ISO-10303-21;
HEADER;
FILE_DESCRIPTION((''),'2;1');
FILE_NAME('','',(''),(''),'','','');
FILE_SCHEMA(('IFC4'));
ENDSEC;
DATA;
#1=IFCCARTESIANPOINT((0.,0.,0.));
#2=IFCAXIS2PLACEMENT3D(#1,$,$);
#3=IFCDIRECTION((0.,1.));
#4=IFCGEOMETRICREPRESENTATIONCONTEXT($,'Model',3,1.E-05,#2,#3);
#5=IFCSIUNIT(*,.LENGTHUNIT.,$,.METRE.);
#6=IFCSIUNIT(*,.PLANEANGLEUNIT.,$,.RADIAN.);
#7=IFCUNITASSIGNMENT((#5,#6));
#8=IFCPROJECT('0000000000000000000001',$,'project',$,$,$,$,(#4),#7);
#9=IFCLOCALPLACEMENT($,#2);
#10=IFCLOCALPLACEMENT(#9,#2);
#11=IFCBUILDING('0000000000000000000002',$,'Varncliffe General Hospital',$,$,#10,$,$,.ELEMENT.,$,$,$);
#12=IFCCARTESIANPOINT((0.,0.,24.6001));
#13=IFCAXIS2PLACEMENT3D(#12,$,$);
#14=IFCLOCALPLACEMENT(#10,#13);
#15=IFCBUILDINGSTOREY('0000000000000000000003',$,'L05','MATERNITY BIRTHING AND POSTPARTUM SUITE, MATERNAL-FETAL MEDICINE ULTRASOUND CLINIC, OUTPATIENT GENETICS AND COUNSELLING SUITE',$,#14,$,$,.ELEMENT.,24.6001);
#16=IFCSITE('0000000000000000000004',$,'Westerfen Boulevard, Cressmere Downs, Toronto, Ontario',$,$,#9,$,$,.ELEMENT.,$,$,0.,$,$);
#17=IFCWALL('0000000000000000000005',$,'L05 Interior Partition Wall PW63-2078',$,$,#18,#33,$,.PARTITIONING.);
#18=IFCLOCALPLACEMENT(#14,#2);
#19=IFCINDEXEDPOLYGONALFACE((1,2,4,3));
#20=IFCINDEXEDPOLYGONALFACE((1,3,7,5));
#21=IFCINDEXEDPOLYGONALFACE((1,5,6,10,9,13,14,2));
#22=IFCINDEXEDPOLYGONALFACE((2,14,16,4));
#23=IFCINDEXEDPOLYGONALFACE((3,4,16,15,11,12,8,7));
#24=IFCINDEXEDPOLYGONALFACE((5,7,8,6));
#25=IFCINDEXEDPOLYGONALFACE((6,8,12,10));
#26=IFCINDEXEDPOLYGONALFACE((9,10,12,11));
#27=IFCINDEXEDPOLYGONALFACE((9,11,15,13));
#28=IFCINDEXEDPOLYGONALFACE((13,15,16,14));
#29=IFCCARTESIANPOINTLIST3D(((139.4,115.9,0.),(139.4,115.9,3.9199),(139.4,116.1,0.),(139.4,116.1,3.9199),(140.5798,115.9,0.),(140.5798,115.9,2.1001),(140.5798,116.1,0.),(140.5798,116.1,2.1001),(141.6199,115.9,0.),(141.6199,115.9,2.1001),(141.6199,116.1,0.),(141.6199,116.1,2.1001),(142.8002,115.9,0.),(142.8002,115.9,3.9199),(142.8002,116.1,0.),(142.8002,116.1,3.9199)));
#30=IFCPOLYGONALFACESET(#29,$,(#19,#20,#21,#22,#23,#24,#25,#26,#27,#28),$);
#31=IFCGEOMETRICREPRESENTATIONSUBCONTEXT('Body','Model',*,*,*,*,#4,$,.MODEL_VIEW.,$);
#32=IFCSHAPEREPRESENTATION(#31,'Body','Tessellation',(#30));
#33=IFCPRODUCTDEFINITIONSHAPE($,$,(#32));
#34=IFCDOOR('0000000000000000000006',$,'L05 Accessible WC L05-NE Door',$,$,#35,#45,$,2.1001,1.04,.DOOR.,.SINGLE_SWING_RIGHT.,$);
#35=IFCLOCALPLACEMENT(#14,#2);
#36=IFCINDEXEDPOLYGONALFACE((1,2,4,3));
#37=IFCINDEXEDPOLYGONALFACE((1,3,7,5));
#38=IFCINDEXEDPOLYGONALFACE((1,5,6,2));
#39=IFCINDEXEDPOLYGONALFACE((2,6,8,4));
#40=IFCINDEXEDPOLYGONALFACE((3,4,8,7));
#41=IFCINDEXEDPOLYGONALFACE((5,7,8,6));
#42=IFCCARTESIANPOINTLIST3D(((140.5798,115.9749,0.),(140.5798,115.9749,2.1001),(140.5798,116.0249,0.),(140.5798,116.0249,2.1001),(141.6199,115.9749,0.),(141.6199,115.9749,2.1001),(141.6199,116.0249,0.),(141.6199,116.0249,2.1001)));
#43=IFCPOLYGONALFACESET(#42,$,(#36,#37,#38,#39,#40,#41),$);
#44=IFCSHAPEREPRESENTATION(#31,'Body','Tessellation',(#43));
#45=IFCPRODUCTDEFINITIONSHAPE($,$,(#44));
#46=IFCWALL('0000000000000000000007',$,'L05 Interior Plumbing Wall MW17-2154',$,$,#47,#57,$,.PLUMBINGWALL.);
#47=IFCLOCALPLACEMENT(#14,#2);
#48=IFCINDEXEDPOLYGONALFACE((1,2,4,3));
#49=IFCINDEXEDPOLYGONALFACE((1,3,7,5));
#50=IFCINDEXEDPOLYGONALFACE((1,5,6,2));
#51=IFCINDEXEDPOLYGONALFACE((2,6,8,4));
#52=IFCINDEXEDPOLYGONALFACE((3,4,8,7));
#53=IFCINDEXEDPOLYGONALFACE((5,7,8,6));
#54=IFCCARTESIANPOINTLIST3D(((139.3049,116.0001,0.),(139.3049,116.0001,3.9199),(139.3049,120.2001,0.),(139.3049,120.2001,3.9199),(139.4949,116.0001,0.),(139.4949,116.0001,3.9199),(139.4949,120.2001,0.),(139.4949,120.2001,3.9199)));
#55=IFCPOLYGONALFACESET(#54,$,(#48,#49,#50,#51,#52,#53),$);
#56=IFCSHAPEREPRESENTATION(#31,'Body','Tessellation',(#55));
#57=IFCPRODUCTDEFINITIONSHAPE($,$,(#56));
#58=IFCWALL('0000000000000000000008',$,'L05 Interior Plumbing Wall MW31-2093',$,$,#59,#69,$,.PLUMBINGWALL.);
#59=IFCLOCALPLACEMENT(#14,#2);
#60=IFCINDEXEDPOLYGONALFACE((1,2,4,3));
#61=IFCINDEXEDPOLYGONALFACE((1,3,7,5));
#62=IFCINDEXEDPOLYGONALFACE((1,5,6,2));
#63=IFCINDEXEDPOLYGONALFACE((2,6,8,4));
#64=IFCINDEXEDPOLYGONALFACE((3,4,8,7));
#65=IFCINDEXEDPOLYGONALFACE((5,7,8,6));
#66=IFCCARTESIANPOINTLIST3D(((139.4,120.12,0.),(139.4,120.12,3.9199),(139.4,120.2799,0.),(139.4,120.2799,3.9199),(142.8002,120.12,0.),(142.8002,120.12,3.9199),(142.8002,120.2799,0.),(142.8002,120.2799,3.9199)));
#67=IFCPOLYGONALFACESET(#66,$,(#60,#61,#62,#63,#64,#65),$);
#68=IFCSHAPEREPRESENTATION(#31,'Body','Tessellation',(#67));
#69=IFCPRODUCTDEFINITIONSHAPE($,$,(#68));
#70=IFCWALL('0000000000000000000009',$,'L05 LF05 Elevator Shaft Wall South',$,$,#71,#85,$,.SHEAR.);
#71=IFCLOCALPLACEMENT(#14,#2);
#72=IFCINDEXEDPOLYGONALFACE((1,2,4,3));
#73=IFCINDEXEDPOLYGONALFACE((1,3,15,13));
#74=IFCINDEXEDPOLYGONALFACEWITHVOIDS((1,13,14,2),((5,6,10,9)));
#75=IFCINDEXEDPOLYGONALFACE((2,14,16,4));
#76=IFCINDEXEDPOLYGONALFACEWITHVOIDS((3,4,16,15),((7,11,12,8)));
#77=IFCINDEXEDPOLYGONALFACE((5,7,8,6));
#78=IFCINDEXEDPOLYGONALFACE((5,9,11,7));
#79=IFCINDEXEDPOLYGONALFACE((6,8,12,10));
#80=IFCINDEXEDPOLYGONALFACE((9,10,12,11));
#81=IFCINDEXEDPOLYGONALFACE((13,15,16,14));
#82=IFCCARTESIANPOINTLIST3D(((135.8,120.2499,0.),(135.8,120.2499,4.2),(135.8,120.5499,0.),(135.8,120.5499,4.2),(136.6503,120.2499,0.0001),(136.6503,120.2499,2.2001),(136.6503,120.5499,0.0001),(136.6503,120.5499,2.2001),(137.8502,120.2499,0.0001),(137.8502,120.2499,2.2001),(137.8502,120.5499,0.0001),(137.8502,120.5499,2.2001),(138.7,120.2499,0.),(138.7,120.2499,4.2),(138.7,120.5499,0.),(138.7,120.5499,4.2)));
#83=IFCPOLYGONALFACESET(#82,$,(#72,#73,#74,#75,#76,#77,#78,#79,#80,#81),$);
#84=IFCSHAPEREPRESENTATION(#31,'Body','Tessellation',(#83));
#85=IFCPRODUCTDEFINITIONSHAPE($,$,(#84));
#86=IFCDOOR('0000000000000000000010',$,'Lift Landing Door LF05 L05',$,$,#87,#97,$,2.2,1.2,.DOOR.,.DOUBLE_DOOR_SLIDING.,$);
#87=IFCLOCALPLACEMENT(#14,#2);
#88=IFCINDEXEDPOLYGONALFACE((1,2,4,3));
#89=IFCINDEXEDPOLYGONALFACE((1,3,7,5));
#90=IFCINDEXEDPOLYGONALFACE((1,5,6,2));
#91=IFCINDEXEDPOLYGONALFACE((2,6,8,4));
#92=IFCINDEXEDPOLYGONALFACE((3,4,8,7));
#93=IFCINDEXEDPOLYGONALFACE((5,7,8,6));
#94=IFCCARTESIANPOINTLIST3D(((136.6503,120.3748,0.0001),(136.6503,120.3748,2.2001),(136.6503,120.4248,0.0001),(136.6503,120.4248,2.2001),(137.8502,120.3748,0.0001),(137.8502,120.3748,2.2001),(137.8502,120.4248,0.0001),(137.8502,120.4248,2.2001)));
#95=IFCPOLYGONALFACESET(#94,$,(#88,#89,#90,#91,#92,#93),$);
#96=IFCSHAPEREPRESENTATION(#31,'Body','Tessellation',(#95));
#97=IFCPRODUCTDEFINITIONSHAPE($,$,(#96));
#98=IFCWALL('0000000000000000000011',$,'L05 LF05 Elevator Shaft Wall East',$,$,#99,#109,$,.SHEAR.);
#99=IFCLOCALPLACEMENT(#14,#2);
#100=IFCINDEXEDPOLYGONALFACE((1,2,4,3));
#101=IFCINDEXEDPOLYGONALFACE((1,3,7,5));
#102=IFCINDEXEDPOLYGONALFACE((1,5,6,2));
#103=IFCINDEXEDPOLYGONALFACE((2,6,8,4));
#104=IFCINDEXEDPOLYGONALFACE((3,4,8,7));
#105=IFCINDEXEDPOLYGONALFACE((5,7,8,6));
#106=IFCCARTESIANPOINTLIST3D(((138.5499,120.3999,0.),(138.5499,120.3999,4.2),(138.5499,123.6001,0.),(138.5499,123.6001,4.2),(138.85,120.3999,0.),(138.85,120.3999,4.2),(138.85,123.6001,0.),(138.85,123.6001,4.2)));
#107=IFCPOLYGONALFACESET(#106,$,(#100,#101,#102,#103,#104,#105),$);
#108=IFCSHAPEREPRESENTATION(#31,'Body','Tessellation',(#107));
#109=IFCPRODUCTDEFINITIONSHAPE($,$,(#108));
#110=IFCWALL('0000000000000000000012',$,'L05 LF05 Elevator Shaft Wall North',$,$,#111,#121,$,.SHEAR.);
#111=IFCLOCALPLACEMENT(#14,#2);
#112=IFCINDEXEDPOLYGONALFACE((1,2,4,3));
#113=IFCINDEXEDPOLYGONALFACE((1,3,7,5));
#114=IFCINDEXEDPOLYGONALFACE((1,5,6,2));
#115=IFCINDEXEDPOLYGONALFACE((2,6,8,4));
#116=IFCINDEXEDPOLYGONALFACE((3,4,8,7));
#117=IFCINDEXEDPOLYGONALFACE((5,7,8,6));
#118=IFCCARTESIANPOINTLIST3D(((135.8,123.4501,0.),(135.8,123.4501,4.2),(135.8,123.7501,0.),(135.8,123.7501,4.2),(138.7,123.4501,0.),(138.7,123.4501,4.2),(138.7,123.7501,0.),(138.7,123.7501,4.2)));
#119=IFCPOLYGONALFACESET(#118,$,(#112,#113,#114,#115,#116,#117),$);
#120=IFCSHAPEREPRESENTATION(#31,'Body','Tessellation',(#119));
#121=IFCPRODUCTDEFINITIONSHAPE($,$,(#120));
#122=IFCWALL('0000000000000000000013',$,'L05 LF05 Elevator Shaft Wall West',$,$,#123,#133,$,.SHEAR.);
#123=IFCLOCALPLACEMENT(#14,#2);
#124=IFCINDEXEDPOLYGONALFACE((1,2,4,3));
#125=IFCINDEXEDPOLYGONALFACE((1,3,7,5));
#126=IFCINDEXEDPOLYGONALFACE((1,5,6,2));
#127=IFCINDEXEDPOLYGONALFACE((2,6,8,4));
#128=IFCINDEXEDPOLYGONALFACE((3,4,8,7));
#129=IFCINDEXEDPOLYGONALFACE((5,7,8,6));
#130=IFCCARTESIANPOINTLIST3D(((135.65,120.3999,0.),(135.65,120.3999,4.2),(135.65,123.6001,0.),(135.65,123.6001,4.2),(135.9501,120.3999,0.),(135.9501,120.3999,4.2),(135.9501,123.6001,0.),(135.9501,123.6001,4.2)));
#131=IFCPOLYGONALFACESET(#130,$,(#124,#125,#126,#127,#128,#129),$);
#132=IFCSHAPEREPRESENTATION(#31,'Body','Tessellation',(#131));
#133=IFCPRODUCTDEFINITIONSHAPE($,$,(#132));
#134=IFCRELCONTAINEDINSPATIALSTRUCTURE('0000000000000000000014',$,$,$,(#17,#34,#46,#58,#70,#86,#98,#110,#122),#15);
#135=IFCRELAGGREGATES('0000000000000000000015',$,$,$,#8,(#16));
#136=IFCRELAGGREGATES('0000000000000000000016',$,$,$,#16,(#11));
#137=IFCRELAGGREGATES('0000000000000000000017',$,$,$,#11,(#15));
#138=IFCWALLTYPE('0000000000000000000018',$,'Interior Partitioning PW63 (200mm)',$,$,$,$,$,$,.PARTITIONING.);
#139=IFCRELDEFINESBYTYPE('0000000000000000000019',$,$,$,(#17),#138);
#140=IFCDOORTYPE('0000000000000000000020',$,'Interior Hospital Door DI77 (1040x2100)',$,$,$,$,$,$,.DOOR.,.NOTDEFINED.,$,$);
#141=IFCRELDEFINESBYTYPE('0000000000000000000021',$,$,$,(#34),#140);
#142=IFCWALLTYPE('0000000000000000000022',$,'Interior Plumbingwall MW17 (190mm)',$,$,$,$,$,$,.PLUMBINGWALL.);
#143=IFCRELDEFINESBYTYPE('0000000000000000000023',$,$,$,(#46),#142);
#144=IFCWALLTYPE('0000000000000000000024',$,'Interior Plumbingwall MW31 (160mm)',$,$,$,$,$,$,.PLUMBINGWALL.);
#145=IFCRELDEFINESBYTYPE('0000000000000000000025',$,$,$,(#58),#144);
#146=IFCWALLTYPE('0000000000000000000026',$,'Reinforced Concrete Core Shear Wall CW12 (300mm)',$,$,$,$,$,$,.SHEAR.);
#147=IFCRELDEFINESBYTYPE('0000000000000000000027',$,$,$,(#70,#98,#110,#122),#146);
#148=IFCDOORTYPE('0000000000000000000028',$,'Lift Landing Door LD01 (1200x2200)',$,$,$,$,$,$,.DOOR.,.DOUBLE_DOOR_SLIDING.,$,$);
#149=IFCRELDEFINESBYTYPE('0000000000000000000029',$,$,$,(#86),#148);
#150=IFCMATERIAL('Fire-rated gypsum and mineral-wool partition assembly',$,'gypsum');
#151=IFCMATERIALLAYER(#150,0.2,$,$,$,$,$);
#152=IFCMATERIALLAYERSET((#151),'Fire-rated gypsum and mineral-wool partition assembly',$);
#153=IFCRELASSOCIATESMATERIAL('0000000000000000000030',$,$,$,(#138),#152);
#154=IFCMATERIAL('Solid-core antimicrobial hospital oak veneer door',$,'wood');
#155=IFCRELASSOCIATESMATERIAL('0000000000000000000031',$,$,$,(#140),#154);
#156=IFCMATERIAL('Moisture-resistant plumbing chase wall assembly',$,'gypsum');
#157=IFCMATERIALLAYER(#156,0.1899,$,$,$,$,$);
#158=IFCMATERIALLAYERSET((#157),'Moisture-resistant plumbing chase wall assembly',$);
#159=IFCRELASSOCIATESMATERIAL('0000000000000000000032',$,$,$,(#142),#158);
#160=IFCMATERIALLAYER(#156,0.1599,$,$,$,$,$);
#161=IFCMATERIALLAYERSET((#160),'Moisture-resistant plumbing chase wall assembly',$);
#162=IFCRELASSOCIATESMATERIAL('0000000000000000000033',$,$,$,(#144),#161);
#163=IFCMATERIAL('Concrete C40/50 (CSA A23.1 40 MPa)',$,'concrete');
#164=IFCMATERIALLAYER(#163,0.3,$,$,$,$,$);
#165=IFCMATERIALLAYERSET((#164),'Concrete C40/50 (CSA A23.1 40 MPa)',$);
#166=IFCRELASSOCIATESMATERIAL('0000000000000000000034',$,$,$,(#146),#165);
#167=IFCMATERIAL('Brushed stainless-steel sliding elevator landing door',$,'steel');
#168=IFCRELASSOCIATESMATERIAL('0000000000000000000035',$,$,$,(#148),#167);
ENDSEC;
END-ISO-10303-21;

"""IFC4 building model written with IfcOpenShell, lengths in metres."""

from ifc_helpers import new_model, si_unit, direction, frame, frame_2d, origin, place, context, subcontext, project, spatial, rectangle, extrude, material, layer, layer_set, type_object, element, fill, save


model = new_model("IFC4")

# Units and contexts
model_context = context("Model", 3, precision=1e-05, world=origin(), true_north=direction((0.0, 1.0)))
body_context = subcontext(model_context, "Body", "Model", "MODEL_VIEW")
ifc_project = project(units=[si_unit("LENGTHUNIT", "METRE"), si_unit("PLANEANGLEUNIT", "RADIAN")], contexts=[model_context])

# Site, building, storey
site_placement = place(None, origin())
site = spatial("IfcSite", under=ifc_project, at=site_placement, Name="Westerfen Boulevard, Cressmere Downs, Toronto, Ontario", CompositionType="ELEMENT", RefElevation=0.0)
building_placement = place(site_placement, origin())
building = spatial("IfcBuilding", under=site, at=building_placement, Name="Varncliffe General Hospital", CompositionType="ELEMENT")
storey_placement = place(building_placement, frame((0.0, 0.0, 24.6001)))
storey = spatial("IfcBuildingStorey", under=building, at=storey_placement, Name="L05", Description="MATERNITY BIRTHING AND POSTPARTUM SUITE, MATERNAL-FETAL MEDICINE ULTRASOUND CLINIC, OUTPATIENT GENETICS AND COUNSELLING SUITE", CompositionType="ELEMENT", Elevation=24.6001)

# Shared definitions
ifc_material_1 = material(Name="Concrete C40/50 (CSA A23.1 40 MPa)", Category="concrete")

# Wall, opening, door
ifc_material_2 = material(Name="Fire-rated gypsum and mineral-wool partition assembly", Category="gypsum")
ifc_layer_1 = layer(ifc_material_2, 0.2)
ifc_layer_set_1 = layer_set([ifc_layer_1], Name="Fire-rated gypsum and mineral-wool partition assembly")
wall_type_1 = type_object("IfcWallType", Name="Interior Partitioning PW63 (200mm)", PredefinedType="PARTITIONING", material=ifc_layer_set_1)
wall_1_placement = place(storey_placement, frame((139.3999, 116.0, 0.0), z_axis=(0.0, 0.0, 1.0), x_axis=(1.0, 0.0, 0.0)))
wall_1 = element("IfcWall", 1, at=wall_1_placement, inside=storey, type_object=wall_type_1, Name="L05 Interior Partition Wall PW63-2078", PredefinedType="PARTITIONING", context=body_context, shape_type="SweptSolid", body=[
    extrude(rectangle(XDim=3.4001, YDim=0.2, at=frame_2d((1.7002, 0.0))), origin(), (0.0, 0.0, 1.0), 3.9199),
])
opening_1_placement = place(wall_1_placement, frame((1.1799, 0.0, 0.0)))
opening_1 = element("IfcOpeningElement", 2, at=opening_1_placement, cuts=wall_1, PredefinedType="OPENING", context=body_context, shape_type="SweptSolid", body=[
    extrude(rectangle(XDim=1.04, YDim=2.1001, at=frame_2d((0.52, 1.05))), frame((0.0, 0.1099, 0.0), z_axis=(0.0, -1.0, 0.0), x_axis=(1.0, 0.0, 0.0)), (0.0, 0.0, 1.0), 0.22),
])
ifc_material_3 = material(Name="Solid-core antimicrobial hospital oak veneer door", Category="wood")
door_type_1 = type_object("IfcDoorType", Name="Interior Hospital Door DI77 (1040x2100)", OperationType="NOTDEFINED", PredefinedType="DOOR", material=ifc_material_3)
door_1_placement = place(opening_1_placement, origin())
door_1 = element("IfcDoor", 3, at=door_1_placement, inside=storey, type_object=door_type_1, Name="L05 Accessible WC L05-NE Door", OperationType="SINGLE_SWING_RIGHT", OverallHeight=2.1001, OverallWidth=1.04, PredefinedType="DOOR", context=body_context, shape_type="SweptSolid", body=[
    extrude(rectangle(XDim=1.04, YDim=2.1001, at=frame_2d((0.52, 1.05))), frame((0.0, 0.0249, 0.0), z_axis=(0.0, -1.0, 0.0), x_axis=(1.0, 0.0, 0.0)), (0.0, 0.0, 1.0), 0.05),
])
fill(opening_1, door_1)

# Walls
ifc_material_4 = material(Name="Moisture-resistant plumbing chase wall assembly", Category="gypsum")
ifc_layer_2 = layer(ifc_material_4, 0.1899)
ifc_layer_set_2 = layer_set([ifc_layer_2], Name="Moisture-resistant plumbing chase wall assembly")
wall_type_2 = type_object("IfcWallType", Name="Interior Plumbingwall MW17 (190mm)", PredefinedType="PLUMBINGWALL", material=ifc_layer_set_2)
wall_2_placement = place(storey_placement, frame((139.3999, 116.0, 0.0), z_axis=(0.0, 0.0, 1.0), x_axis=(0.0, 1.0, 0.0)))
element("IfcWall", 4, at=wall_2_placement, inside=storey, type_object=wall_type_2, Name="L05 Interior Plumbing Wall MW17-2154", PredefinedType="PLUMBINGWALL", context=body_context, shape_type="SweptSolid", body=[
    extrude(rectangle(XDim=4.2, YDim=0.1899, at=frame_2d((2.1001, 0.0))), origin(), (0.0, 0.0, 1.0), 3.9199),
])
ifc_layer_3 = layer(ifc_material_4, 0.1599)
ifc_layer_set_3 = layer_set([ifc_layer_3], Name="Moisture-resistant plumbing chase wall assembly")
wall_type_3 = type_object("IfcWallType", Name="Interior Plumbingwall MW31 (160mm)", PredefinedType="PLUMBINGWALL", material=ifc_layer_set_3)
wall_3_placement = place(storey_placement, frame((139.3999, 120.2, 0.0), z_axis=(0.0, 0.0, 1.0), x_axis=(1.0, 0.0, 0.0)))
element("IfcWall", 5, at=wall_3_placement, inside=storey, type_object=wall_type_3, Name="L05 Interior Plumbing Wall MW31-2093", PredefinedType="PLUMBINGWALL", context=body_context, shape_type="SweptSolid", body=[
    extrude(rectangle(XDim=3.4001, YDim=0.1599, at=frame_2d((1.7002, 0.0))), origin(), (0.0, 0.0, 1.0), 3.9199),
])

# Wall, opening, door
ifc_layer_4 = layer(ifc_material_1, 0.3)
ifc_layer_set_4 = layer_set([ifc_layer_4], Name="Concrete C40/50 (CSA A23.1 40 MPa)")
wall_type_4 = type_object("IfcWallType", Name="Reinforced Concrete Core Shear Wall CW12 (300mm)", PredefinedType="SHEAR", material=ifc_layer_set_4)
wall_4_placement = place(storey_placement, frame((135.8, 120.3999, 0.0), z_axis=(0.0, 0.0, 1.0), x_axis=(1.0, 0.0, 0.0)))
wall_4 = element("IfcWall", 6, at=wall_4_placement, inside=storey, type_object=wall_type_4, Name="L05 LF05 Elevator Shaft Wall South", PredefinedType="SHEAR", context=body_context, shape_type="SweptSolid", body=[
    extrude(rectangle(XDim=2.8999, YDim=0.3, at=frame_2d((1.45, 0.0))), origin(), (0.0, 0.0, 1.0), 4.2),
])
opening_2_placement = place(wall_4_placement, frame((0.8501, 0.0, 0.0)))
opening_2 = element("IfcOpeningElement", 7, at=opening_2_placement, cuts=wall_4, PredefinedType="OPENING", context=body_context, shape_type="SweptSolid", body=[
    extrude(rectangle(XDim=1.2, YDim=2.2, at=frame_2d((0.6001, 1.1001))), frame((0.0, 0.1602, 0.0), z_axis=(0.0, -1.0, 0.0), x_axis=(1.0, 0.0, 0.0)), (0.0, 0.0, 1.0), 0.3201),
])
ifc_material_5 = material(Name="Brushed stainless-steel sliding elevator landing door", Category="steel")
door_type_2 = type_object("IfcDoorType", Name="Lift Landing Door LD01 (1200x2200)", OperationType="DOUBLE_DOOR_SLIDING", PredefinedType="DOOR", material=ifc_material_5)
door_2_placement = place(opening_2_placement, origin())
door_2 = element("IfcDoor", 8, at=door_2_placement, inside=storey, type_object=door_type_2, Name="Lift Landing Door LF05 L05", OperationType="DOUBLE_DOOR_SLIDING", OverallHeight=2.2, OverallWidth=1.2, PredefinedType="DOOR", context=body_context, shape_type="SweptSolid", body=[
    extrude(rectangle(XDim=1.2, YDim=2.2, at=frame_2d((0.6001, 1.1001))), frame((0.0, 0.0249, 0.0), z_axis=(0.0, -1.0, 0.0), x_axis=(1.0, 0.0, 0.0)), (0.0, 0.0, 1.0), 0.05),
])
fill(opening_2, door_2)

# Walls
wall_5_placement = place(storey_placement, frame((138.7, 120.3999, 0.0), z_axis=(0.0, 0.0, 1.0), x_axis=(0.0, 1.0, 0.0)))
element("IfcWall", 9, at=wall_5_placement, inside=storey, type_object=wall_type_4, Name="L05 LF05 Elevator Shaft Wall East", PredefinedType="SHEAR", context=body_context, shape_type="SweptSolid", body=[
    extrude(rectangle(XDim=3.2002, YDim=0.3, at=frame_2d((1.6001, 0.0))), origin(), (0.0, 0.0, 1.0), 4.2),
])
wall_6_placement = place(storey_placement, frame((138.7, 123.6001, 0.0), z_axis=(0.0, 0.0, 1.0), x_axis=(-1.0, 0.0, 0.0)))
element("IfcWall", 10, at=wall_6_placement, inside=storey, type_object=wall_type_4, Name="L05 LF05 Elevator Shaft Wall North", PredefinedType="SHEAR", context=body_context, shape_type="SweptSolid", body=[
    extrude(rectangle(XDim=2.8999, YDim=0.3, at=frame_2d((1.45, 0.0))), origin(), (0.0, 0.0, 1.0), 4.2),
])
wall_7_placement = place(storey_placement, frame((135.8, 123.6001, 0.0), z_axis=(0.0, 0.0, 1.0), x_axis=(0.0, -1.0, 0.0)))
element("IfcWall", 11, at=wall_7_placement, inside=storey, type_object=wall_type_4, Name="L05 LF05 Elevator Shaft Wall West", PredefinedType="SHEAR", context=body_context, shape_type="SweptSolid", body=[
    extrude(rectangle(XDim=3.2002, YDim=0.3, at=frame_2d((1.6001, 0.0))), origin(), (0.0, 0.0, 1.0), 4.2),
])

save(model, "model.ifc")
